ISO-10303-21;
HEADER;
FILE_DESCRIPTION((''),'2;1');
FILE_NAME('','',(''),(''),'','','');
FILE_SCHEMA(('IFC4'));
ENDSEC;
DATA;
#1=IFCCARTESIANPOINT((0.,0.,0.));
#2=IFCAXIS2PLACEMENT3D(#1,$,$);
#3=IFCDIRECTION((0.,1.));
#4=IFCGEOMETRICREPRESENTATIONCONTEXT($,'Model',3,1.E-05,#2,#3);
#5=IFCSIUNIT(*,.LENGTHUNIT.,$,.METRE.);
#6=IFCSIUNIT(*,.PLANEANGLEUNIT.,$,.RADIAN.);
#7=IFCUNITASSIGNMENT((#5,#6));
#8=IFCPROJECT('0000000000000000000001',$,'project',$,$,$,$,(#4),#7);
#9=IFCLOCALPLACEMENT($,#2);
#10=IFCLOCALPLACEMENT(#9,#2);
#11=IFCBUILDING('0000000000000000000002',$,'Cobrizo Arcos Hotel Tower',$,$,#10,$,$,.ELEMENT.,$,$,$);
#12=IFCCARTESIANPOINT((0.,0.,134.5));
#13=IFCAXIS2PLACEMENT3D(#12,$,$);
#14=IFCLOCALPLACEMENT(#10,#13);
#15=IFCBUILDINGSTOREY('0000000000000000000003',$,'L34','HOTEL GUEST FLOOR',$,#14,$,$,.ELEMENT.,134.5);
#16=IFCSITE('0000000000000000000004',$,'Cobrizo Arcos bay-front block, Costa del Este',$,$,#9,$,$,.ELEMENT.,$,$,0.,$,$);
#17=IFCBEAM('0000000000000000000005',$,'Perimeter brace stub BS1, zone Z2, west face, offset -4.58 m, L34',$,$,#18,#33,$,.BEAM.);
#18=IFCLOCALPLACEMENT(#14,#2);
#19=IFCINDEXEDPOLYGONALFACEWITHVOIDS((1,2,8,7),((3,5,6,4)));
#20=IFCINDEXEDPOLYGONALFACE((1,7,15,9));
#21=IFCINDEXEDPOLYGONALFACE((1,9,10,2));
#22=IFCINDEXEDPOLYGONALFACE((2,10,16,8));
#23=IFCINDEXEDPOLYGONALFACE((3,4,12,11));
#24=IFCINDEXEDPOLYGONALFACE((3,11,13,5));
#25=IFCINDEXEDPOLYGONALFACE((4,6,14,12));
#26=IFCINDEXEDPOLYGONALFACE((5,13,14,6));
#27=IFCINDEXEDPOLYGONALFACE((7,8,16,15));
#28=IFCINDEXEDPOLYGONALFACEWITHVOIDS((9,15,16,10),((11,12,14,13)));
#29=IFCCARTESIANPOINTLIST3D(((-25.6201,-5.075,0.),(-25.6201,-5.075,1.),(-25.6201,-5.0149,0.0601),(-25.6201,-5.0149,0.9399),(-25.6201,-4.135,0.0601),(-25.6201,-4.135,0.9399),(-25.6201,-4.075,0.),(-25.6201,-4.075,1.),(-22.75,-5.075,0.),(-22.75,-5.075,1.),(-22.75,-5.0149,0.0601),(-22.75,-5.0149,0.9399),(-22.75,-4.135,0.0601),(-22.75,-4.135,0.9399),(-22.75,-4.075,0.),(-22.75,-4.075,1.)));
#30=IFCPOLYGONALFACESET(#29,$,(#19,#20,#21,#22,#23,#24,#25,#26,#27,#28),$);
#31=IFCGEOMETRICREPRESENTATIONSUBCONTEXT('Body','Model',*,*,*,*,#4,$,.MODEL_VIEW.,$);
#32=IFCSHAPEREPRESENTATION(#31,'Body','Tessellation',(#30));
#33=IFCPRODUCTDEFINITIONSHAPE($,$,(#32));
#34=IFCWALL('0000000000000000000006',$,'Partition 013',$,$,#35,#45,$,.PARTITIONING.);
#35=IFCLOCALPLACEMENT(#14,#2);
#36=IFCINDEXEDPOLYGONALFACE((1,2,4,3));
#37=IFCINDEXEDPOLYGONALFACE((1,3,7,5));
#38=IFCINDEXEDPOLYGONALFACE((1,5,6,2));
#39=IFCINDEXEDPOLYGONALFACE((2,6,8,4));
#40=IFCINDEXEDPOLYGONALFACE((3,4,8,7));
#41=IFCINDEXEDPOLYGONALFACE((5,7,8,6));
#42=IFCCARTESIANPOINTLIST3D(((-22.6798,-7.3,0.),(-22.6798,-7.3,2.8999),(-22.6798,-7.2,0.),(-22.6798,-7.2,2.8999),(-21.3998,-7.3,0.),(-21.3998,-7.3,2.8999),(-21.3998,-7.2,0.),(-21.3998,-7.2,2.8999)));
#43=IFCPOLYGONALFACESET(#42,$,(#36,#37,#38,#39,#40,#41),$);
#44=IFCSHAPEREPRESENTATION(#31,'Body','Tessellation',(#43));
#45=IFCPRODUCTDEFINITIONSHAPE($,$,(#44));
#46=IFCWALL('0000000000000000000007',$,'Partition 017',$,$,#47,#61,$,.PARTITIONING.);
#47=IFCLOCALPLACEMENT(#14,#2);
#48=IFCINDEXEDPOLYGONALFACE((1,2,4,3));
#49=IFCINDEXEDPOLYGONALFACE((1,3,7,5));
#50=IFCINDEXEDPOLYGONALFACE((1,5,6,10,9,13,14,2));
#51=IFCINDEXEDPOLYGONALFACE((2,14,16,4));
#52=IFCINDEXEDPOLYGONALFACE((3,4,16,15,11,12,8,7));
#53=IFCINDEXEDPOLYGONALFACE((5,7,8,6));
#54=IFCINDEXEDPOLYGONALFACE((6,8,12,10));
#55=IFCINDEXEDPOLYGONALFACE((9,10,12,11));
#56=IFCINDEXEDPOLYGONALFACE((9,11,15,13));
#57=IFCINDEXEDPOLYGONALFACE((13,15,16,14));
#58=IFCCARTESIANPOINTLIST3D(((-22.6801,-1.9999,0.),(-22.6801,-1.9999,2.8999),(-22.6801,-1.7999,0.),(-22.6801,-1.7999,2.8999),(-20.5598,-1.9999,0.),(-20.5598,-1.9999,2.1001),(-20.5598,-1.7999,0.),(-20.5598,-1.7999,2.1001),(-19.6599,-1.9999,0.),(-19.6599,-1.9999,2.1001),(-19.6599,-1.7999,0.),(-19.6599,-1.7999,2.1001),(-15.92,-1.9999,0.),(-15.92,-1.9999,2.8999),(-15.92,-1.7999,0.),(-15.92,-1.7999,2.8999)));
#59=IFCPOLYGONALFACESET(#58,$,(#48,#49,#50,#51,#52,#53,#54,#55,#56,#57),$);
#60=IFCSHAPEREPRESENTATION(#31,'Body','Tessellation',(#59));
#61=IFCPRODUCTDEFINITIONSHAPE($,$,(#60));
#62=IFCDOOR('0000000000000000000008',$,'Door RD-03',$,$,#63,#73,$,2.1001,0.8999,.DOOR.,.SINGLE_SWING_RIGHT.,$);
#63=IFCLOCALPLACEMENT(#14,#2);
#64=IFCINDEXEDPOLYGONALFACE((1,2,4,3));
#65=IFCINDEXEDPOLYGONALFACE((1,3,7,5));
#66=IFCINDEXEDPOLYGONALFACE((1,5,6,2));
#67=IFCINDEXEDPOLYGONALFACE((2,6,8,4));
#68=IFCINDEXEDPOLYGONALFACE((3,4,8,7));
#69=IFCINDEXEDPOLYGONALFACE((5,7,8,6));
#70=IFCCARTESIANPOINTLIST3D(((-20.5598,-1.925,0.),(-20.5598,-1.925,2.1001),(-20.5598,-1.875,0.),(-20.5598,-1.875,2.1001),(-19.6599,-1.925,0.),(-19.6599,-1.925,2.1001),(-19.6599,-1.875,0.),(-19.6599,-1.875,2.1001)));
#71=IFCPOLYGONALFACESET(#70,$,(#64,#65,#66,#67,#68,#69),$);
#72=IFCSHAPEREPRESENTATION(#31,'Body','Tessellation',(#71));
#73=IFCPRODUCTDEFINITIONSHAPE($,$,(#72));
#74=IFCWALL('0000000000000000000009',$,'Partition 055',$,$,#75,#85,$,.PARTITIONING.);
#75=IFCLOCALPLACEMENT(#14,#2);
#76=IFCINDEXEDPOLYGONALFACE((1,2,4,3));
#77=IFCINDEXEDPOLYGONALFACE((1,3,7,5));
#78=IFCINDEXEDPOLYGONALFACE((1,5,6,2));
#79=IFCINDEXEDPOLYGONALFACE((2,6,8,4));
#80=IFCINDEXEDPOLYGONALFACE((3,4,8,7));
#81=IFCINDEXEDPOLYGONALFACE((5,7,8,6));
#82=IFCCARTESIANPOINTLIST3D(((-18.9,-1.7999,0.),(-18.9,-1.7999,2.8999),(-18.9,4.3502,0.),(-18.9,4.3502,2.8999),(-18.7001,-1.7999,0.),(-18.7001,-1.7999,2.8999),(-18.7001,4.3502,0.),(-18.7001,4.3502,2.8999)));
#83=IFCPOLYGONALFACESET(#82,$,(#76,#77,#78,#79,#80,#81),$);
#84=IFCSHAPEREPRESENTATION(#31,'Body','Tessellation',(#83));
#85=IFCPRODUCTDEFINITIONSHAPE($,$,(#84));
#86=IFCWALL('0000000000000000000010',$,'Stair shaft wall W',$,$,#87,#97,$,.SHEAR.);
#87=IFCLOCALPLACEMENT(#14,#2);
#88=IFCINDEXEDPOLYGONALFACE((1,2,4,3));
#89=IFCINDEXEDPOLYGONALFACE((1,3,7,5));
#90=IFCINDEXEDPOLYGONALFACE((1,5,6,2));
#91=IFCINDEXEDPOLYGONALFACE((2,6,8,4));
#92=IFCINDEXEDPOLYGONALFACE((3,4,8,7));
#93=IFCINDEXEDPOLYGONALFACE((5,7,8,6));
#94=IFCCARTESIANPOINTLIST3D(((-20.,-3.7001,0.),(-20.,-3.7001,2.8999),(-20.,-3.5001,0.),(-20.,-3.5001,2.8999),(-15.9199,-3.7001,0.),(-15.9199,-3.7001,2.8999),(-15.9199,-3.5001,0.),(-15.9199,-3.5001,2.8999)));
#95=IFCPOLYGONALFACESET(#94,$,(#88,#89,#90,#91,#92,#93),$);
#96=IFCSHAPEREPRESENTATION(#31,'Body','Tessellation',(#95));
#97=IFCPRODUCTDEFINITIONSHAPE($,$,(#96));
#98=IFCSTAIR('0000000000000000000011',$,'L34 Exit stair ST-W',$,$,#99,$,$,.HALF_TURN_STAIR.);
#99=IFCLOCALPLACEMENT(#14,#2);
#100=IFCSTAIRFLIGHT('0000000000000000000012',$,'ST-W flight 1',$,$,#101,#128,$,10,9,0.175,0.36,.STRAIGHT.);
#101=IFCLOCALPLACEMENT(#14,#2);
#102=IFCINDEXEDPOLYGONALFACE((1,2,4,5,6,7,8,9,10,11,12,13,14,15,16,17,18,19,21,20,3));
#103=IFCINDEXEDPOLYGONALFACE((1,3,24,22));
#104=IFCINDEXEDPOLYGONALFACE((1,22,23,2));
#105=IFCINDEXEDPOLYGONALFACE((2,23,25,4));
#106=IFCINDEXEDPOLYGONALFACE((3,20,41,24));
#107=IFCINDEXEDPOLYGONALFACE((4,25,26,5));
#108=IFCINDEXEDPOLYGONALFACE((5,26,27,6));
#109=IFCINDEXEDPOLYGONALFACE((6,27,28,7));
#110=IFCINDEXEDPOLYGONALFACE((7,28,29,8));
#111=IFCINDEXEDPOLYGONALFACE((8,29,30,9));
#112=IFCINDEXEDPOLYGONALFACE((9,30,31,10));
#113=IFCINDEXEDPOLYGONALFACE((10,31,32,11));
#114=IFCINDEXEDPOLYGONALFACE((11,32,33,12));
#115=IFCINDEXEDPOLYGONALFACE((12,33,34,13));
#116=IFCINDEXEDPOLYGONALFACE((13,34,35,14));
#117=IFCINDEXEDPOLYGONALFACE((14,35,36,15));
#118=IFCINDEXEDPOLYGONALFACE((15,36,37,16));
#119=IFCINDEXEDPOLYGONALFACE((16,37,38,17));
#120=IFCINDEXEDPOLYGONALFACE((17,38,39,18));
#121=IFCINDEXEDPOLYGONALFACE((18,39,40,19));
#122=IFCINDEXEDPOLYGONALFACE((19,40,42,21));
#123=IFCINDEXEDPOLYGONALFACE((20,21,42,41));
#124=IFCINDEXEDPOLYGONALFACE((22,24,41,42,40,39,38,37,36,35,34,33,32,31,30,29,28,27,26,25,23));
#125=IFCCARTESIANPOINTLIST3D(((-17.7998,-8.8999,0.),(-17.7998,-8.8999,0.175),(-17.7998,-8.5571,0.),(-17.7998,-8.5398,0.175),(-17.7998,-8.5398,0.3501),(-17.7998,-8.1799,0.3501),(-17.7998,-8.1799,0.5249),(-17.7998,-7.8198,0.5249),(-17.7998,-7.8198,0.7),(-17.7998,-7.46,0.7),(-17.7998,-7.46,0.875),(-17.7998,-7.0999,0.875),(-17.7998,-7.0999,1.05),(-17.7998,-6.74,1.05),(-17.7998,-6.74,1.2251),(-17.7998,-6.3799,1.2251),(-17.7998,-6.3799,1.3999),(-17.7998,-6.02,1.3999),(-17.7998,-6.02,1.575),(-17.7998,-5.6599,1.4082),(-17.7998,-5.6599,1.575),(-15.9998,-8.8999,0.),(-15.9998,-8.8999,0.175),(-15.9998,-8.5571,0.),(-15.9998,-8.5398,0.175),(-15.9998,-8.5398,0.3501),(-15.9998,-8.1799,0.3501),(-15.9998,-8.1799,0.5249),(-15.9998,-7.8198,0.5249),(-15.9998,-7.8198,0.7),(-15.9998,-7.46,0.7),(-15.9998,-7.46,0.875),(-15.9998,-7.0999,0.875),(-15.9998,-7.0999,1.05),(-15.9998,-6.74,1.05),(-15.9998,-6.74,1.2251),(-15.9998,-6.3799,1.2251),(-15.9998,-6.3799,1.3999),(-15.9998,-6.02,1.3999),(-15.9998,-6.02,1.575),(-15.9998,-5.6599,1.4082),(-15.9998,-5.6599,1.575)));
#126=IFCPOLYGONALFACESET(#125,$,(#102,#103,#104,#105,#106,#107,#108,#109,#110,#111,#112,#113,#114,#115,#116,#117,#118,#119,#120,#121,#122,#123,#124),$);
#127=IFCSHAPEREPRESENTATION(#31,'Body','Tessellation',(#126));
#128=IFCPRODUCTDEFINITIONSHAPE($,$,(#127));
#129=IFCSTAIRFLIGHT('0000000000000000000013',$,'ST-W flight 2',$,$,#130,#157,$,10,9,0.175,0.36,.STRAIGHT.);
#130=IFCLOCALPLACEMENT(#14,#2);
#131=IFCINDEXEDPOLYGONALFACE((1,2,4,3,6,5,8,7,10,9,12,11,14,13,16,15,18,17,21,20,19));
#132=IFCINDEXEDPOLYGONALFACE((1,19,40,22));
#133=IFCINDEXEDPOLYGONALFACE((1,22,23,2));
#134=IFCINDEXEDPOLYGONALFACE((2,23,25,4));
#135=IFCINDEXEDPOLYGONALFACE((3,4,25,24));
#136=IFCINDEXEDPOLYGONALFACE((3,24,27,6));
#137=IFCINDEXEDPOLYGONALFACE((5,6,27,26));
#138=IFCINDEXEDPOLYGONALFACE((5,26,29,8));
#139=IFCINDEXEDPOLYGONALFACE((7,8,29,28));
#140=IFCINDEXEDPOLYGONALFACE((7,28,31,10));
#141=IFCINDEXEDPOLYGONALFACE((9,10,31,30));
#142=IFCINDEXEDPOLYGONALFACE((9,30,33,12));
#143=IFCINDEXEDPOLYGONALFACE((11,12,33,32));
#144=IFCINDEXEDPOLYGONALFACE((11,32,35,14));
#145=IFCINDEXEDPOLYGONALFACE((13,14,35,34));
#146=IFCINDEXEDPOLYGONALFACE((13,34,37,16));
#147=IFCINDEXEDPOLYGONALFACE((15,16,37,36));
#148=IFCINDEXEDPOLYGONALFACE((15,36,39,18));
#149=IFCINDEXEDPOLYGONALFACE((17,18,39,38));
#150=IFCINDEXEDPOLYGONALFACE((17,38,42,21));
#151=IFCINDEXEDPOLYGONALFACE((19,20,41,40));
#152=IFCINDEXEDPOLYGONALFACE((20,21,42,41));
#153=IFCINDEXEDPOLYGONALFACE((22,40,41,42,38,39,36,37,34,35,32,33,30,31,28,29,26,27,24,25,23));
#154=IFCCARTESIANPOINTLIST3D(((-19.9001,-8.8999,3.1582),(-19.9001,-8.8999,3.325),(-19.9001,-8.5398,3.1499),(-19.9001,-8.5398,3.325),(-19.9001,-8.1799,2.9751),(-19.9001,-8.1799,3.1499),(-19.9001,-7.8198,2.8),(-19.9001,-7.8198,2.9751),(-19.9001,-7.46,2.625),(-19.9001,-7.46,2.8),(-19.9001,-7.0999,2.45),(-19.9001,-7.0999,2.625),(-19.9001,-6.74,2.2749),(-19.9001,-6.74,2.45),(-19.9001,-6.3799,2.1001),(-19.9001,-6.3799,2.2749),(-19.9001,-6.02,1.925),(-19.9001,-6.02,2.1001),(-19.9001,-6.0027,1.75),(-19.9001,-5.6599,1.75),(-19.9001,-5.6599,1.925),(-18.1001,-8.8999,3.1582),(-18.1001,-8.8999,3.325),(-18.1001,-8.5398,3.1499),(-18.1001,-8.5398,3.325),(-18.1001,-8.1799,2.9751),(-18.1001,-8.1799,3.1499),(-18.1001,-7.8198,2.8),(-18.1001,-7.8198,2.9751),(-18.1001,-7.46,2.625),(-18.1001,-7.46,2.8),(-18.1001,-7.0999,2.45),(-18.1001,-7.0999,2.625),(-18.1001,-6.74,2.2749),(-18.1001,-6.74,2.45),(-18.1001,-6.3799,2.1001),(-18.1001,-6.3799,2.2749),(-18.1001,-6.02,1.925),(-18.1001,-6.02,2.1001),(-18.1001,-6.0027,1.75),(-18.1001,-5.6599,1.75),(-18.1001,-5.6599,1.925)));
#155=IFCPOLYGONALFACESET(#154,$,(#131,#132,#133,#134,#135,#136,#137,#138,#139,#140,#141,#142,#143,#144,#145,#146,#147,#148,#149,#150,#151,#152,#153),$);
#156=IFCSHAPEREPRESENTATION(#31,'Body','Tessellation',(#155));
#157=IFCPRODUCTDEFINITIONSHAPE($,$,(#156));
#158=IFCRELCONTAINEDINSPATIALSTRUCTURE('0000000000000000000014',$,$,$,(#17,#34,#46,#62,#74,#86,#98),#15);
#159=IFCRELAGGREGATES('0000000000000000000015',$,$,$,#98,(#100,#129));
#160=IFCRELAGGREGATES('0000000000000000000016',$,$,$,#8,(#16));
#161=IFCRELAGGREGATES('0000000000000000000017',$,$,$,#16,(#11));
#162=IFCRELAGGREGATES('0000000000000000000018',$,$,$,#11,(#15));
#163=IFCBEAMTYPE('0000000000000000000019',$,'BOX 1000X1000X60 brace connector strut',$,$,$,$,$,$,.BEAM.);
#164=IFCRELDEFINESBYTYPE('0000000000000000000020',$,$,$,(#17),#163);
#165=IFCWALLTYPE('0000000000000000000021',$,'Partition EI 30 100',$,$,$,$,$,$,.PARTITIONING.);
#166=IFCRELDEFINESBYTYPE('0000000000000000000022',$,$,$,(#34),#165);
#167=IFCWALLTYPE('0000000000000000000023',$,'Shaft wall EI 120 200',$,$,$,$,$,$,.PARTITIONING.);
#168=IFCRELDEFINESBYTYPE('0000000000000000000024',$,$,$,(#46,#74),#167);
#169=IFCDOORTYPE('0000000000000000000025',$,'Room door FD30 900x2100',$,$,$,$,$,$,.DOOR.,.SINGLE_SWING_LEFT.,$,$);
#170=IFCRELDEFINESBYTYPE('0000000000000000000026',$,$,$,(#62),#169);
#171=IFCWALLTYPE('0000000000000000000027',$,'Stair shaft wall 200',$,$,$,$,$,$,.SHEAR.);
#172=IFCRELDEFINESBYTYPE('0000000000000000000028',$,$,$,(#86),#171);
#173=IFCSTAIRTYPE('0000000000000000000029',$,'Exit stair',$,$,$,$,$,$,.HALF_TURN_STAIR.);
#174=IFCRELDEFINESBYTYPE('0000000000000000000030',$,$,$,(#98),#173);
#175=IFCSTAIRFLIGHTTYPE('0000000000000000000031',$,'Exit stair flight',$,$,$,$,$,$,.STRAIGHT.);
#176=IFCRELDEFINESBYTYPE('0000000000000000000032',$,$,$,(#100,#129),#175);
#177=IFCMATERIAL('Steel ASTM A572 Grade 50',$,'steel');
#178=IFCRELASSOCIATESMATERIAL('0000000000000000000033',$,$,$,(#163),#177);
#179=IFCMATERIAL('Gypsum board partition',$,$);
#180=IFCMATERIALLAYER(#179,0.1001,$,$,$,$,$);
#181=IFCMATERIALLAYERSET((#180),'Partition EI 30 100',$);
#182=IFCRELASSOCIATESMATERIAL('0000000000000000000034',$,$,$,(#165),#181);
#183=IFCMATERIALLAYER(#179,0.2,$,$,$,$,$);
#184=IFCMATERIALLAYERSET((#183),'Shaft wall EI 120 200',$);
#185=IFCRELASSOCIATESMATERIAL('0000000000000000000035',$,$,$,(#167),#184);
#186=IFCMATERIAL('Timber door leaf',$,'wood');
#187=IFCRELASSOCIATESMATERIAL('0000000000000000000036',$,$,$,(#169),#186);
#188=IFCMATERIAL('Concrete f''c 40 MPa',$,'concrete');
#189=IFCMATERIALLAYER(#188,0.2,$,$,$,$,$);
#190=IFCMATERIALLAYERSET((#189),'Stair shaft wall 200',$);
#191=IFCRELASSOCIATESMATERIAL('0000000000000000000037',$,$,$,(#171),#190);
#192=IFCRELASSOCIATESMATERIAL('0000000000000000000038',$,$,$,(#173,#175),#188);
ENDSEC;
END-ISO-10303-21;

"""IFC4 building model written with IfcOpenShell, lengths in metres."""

from ifc_helpers import new_model, si_unit, direction, frame, frame_2d, origin, origin_2d, place, context, subcontext, project, spatial, polyline, rectangle, hollow_rectangle, outline, extrude, material, layer, layer_set, material_profile, profile_set, type_object, element, fill, aggregate, save


model = new_model("IFC4")

# Units and contexts
model_context = context("Model", 3, precision=1e-05, world=origin(), true_north=direction((0.0, 1.0)))
body_context = subcontext(model_context, "Body", "Model", "MODEL_VIEW")
ifc_project = project(units=[si_unit("LENGTHUNIT", "METRE"), si_unit("PLANEANGLEUNIT", "RADIAN")], contexts=[model_context])

# Site, building, storey
site_placement = place(None, origin())
site = spatial("IfcSite", under=ifc_project, at=site_placement, Name="Cobrizo Arcos bay-front block, Costa del Este", CompositionType="ELEMENT", RefElevation=0.0)
building_placement = place(site_placement, origin())
building = spatial("IfcBuilding", under=site, at=building_placement, Name="Cobrizo Arcos Hotel Tower", CompositionType="ELEMENT")
storey_placement = place(building_placement, frame((0.0, 0.0, 134.5)))
storey = spatial("IfcBuildingStorey", under=building, at=storey_placement, Name="L34", Description="HOTEL GUEST FLOOR", CompositionType="ELEMENT", Elevation=134.5)

# Beam
ifc_material_1 = material(Name="Steel ASTM A572 Grade 50", Category="steel")
ifc_material_profile = material_profile(ifc_material_1, hollow_rectangle(XDim=1.0, YDim=1.0, WallThickness=0.0601, at=origin_2d()), Name="BOX 1000X1000X60")
ifc_profile_set = profile_set([ifc_material_profile], Name="Steel ASTM A572 Grade 50")
beam_type = type_object("IfcBeamType", Name="BOX 1000X1000X60 brace connector strut", PredefinedType="BEAM", material=ifc_profile_set)
beam_placement = place(storey_placement, frame((-22.75, -4.575, 0.5), z_axis=(-1.0, 0.0, 0.0), x_axis=(0.0, -1.0, 0.0)))
element("IfcBeam", 1, at=beam_placement, inside=storey, type_object=beam_type, Name="Perimeter brace stub BS1, zone Z2, west face, offset -4.58 m, L34", PredefinedType="BEAM", context=body_context, shape_type="SweptSolid", body=[
    extrude(hollow_rectangle(XDim=1.0, YDim=1.0, WallThickness=0.0601, at=origin_2d()), origin(), (0.0, 0.0, 1.0), 2.8701),
])

# Wall
ifc_material_2 = material(Name="Gypsum board partition")
ifc_layer_1 = layer(ifc_material_2, 0.1001)
ifc_layer_set_1 = layer_set([ifc_layer_1], Name="Partition EI 30 100")
wall_type_1 = type_object("IfcWallType", Name="Partition EI 30 100", PredefinedType="PARTITIONING", material=ifc_layer_set_1)
wall_1_placement = place(storey_placement, frame((-22.6799, -7.25, 0.0), z_axis=(0.0, 0.0, 1.0), x_axis=(1.0, 0.0, 0.0)))
element("IfcWall", 2, at=wall_1_placement, inside=storey, type_object=wall_type_1, Name="Partition 013", PredefinedType="PARTITIONING", context=body_context, shape_type="SweptSolid", body=[
    extrude(rectangle(XDim=1.28, YDim=0.1001, at=frame_2d((0.6401, 0.0))), origin(), (0.0, 0.0, 1.0), 2.8999),
])

# Wall, opening, door
ifc_layer_2 = layer(ifc_material_2, 0.2)
ifc_layer_set_2 = layer_set([ifc_layer_2], Name="Shaft wall EI 120 200")
wall_type_2 = type_object("IfcWallType", Name="Shaft wall EI 120 200", PredefinedType="PARTITIONING", material=ifc_layer_set_2)
wall_2_placement = place(storey_placement, frame((-22.6799, -1.8999, 0.0), z_axis=(0.0, 0.0, 1.0), x_axis=(1.0, 0.0, 0.0)))
wall_2 = element("IfcWall", 3, at=wall_2_placement, inside=storey, type_object=wall_type_2, Name="Partition 017", PredefinedType="PARTITIONING", context=body_context, shape_type="SweptSolid", body=[
    extrude(rectangle(XDim=6.76, YDim=0.2, at=frame_2d((3.3799, 0.0))), origin(), (0.0, 0.0, 1.0), 2.8999),
])
opening_placement = place(wall_2_placement, frame((2.1201, 0.0, 0.0)))
opening = element("IfcOpeningElement", 4, at=opening_placement, cuts=wall_2, PredefinedType="OPENING", context=body_context, shape_type="SweptSolid", body=[
    extrude(rectangle(XDim=0.8999, YDim=2.1001, at=frame_2d((0.45, 1.05))), frame((0.0, 0.1121, 0.0), z_axis=(0.0, -1.0, 0.0), x_axis=(1.0, 0.0, 0.0)), (0.0, 0.0, 1.0), 0.2239),
])
ifc_material_3 = material(Name="Timber door leaf", Category="wood")
door_type = type_object("IfcDoorType", Name="Room door FD30 900x2100", OperationType="SINGLE_SWING_LEFT", PredefinedType="DOOR", material=ifc_material_3)
door_placement = place(opening_placement, origin())
door = element("IfcDoor", 5, at=door_placement, inside=storey, type_object=door_type, Name="Door RD-03", OperationType="SINGLE_SWING_RIGHT", OverallHeight=2.1001, OverallWidth=0.8999, PredefinedType="DOOR", context=body_context, shape_type="SweptSolid", body=[
    extrude(rectangle(XDim=0.8999, YDim=2.1001, at=frame_2d((0.45, 1.05))), frame((0.0, 0.0249, 0.0), z_axis=(0.0, -1.0, 0.0), x_axis=(1.0, 0.0, 0.0)), (0.0, 0.0, 1.0), 0.05),
])
fill(opening, door)

# Walls
wall_3_placement = place(storey_placement, frame((-18.8, -1.8, 0.0), z_axis=(0.0, 0.0, 1.0), x_axis=(0.0, 1.0, 0.0)))
element("IfcWall", 6, at=wall_3_placement, inside=storey, type_object=wall_type_2, Name="Partition 055", PredefinedType="PARTITIONING", context=body_context, shape_type="SweptSolid", body=[
    extrude(rectangle(XDim=6.1501, YDim=0.2, at=frame_2d((3.0752, 0.0))), origin(), (0.0, 0.0, 1.0), 2.8999),
])
ifc_material_4 = material(Name="Concrete f'c 40 MPa", Category="concrete")
ifc_layer_3 = layer(ifc_material_4, 0.2)
ifc_layer_set_3 = layer_set([ifc_layer_3], Name="Stair shaft wall 200")
wall_type_3 = type_object("IfcWallType", Name="Stair shaft wall 200", PredefinedType="SHEAR", material=ifc_layer_set_3)
wall_4_placement = place(storey_placement, frame((-20.0, -3.6001, 0.0), z_axis=(0.0, 0.0, 1.0), x_axis=(1.0, 0.0, 0.0)))
element("IfcWall", 7, at=wall_4_placement, inside=storey, type_object=wall_type_3, Name="Stair shaft wall W", PredefinedType="SHEAR", context=body_context, shape_type="SweptSolid", body=[
    extrude(rectangle(XDim=4.0801, YDim=0.2, at=frame_2d((2.04, 0.0))), origin(), (0.0, 0.0, 1.0), 2.8999),
])

# Stair, stair flights
stair_type = type_object("IfcStairType", Name="Exit stair", PredefinedType="HALF_TURN_STAIR", material=ifc_material_4)
stair_placement = place(storey_placement, origin())
stair = element("IfcStair", 8, at=stair_placement, inside=storey, type_object=stair_type, Name="L34 Exit stair ST-W", PredefinedType="HALF_TURN_STAIR")
stair_flight_type = type_object("IfcStairFlightType", Name="Exit stair flight", PredefinedType="STRAIGHT", material=ifc_material_4)
stair_flight_1_placement = place(storey_placement, frame((-16.8999, -8.8999, 0.0), z_axis=(0.0, 0.0, 1.0), x_axis=(0.0, 1.0, 0.0)))
stair_flight_1 = element("IfcStairFlight", 9, at=stair_flight_1_placement, type_object=stair_flight_type, Name="ST-W flight 1", NumberOfRisers=10, NumberOfTreads=9, PredefinedType="STRAIGHT", RiserHeight=0.175, TreadLength=0.36, context=body_context, shape_type="SweptSolid", body=[
    extrude(outline(polyline([(0.0, 0.0), (0.0, 0.175), (0.3601, 0.175), (0.3601, 0.3501), (0.72, 0.3501), (0.72, 0.5249), (1.0801, 0.5249), (1.0801, 0.7), (1.4399, 0.7), (1.4399, 0.875), (1.8, 0.875), (1.8, 1.05), (2.1599, 1.05), (2.1599, 1.2251), (2.52, 1.2251), (2.52, 1.3999), (2.8799, 1.3999), (2.8799, 1.575), (3.24, 1.575), (3.24, 1.75), (3.24, 1.4082), (0.3428, 0.0), (0.0, 0.0)])), frame((0.0, 0.8999, 0.0), z_axis=(0.0, -1.0, 0.0), x_axis=(1.0, 0.0, 0.0)), (0.0, 0.0, 1.0), 1.8),
])
stair_flight_2_placement = place(storey_placement, frame((-19.0, -5.6599, 1.75), z_axis=(0.0, 0.0, 1.0), x_axis=(0.0, -1.0, 0.0)))
stair_flight_2 = element("IfcStairFlight", 10, at=stair_flight_2_placement, type_object=stair_flight_type, Name="ST-W flight 2", NumberOfRisers=10, NumberOfTreads=9, PredefinedType="STRAIGHT", RiserHeight=0.175, TreadLength=0.36, context=body_context, shape_type="SweptSolid", body=[
    extrude(outline(polyline([(0.0, 0.0), (0.0, 0.175), (0.3601, 0.175), (0.3601, 0.3501), (0.72, 0.3501), (0.72, 0.5249), (1.0801, 0.5249), (1.0801, 0.7), (1.4399, 0.7), (1.4399, 0.875), (1.8, 0.875), (1.8, 1.05), (2.1599, 1.05), (2.1599, 1.2251), (2.52, 1.2251), (2.52, 1.3999), (2.8799, 1.3999), (2.8799, 1.575), (3.24, 1.575), (3.24, 1.75), (3.24, 1.4082), (0.3428, 0.0), (0.0, 0.0)])), frame((0.0, 0.8999, 0.0), z_axis=(0.0, -1.0, 0.0), x_axis=(1.0, 0.0, 0.0)), (0.0, 0.0, 1.0), 1.8),
])
aggregate(stair, [stair_flight_1, stair_flight_2])

save(model, "model.ifc")
